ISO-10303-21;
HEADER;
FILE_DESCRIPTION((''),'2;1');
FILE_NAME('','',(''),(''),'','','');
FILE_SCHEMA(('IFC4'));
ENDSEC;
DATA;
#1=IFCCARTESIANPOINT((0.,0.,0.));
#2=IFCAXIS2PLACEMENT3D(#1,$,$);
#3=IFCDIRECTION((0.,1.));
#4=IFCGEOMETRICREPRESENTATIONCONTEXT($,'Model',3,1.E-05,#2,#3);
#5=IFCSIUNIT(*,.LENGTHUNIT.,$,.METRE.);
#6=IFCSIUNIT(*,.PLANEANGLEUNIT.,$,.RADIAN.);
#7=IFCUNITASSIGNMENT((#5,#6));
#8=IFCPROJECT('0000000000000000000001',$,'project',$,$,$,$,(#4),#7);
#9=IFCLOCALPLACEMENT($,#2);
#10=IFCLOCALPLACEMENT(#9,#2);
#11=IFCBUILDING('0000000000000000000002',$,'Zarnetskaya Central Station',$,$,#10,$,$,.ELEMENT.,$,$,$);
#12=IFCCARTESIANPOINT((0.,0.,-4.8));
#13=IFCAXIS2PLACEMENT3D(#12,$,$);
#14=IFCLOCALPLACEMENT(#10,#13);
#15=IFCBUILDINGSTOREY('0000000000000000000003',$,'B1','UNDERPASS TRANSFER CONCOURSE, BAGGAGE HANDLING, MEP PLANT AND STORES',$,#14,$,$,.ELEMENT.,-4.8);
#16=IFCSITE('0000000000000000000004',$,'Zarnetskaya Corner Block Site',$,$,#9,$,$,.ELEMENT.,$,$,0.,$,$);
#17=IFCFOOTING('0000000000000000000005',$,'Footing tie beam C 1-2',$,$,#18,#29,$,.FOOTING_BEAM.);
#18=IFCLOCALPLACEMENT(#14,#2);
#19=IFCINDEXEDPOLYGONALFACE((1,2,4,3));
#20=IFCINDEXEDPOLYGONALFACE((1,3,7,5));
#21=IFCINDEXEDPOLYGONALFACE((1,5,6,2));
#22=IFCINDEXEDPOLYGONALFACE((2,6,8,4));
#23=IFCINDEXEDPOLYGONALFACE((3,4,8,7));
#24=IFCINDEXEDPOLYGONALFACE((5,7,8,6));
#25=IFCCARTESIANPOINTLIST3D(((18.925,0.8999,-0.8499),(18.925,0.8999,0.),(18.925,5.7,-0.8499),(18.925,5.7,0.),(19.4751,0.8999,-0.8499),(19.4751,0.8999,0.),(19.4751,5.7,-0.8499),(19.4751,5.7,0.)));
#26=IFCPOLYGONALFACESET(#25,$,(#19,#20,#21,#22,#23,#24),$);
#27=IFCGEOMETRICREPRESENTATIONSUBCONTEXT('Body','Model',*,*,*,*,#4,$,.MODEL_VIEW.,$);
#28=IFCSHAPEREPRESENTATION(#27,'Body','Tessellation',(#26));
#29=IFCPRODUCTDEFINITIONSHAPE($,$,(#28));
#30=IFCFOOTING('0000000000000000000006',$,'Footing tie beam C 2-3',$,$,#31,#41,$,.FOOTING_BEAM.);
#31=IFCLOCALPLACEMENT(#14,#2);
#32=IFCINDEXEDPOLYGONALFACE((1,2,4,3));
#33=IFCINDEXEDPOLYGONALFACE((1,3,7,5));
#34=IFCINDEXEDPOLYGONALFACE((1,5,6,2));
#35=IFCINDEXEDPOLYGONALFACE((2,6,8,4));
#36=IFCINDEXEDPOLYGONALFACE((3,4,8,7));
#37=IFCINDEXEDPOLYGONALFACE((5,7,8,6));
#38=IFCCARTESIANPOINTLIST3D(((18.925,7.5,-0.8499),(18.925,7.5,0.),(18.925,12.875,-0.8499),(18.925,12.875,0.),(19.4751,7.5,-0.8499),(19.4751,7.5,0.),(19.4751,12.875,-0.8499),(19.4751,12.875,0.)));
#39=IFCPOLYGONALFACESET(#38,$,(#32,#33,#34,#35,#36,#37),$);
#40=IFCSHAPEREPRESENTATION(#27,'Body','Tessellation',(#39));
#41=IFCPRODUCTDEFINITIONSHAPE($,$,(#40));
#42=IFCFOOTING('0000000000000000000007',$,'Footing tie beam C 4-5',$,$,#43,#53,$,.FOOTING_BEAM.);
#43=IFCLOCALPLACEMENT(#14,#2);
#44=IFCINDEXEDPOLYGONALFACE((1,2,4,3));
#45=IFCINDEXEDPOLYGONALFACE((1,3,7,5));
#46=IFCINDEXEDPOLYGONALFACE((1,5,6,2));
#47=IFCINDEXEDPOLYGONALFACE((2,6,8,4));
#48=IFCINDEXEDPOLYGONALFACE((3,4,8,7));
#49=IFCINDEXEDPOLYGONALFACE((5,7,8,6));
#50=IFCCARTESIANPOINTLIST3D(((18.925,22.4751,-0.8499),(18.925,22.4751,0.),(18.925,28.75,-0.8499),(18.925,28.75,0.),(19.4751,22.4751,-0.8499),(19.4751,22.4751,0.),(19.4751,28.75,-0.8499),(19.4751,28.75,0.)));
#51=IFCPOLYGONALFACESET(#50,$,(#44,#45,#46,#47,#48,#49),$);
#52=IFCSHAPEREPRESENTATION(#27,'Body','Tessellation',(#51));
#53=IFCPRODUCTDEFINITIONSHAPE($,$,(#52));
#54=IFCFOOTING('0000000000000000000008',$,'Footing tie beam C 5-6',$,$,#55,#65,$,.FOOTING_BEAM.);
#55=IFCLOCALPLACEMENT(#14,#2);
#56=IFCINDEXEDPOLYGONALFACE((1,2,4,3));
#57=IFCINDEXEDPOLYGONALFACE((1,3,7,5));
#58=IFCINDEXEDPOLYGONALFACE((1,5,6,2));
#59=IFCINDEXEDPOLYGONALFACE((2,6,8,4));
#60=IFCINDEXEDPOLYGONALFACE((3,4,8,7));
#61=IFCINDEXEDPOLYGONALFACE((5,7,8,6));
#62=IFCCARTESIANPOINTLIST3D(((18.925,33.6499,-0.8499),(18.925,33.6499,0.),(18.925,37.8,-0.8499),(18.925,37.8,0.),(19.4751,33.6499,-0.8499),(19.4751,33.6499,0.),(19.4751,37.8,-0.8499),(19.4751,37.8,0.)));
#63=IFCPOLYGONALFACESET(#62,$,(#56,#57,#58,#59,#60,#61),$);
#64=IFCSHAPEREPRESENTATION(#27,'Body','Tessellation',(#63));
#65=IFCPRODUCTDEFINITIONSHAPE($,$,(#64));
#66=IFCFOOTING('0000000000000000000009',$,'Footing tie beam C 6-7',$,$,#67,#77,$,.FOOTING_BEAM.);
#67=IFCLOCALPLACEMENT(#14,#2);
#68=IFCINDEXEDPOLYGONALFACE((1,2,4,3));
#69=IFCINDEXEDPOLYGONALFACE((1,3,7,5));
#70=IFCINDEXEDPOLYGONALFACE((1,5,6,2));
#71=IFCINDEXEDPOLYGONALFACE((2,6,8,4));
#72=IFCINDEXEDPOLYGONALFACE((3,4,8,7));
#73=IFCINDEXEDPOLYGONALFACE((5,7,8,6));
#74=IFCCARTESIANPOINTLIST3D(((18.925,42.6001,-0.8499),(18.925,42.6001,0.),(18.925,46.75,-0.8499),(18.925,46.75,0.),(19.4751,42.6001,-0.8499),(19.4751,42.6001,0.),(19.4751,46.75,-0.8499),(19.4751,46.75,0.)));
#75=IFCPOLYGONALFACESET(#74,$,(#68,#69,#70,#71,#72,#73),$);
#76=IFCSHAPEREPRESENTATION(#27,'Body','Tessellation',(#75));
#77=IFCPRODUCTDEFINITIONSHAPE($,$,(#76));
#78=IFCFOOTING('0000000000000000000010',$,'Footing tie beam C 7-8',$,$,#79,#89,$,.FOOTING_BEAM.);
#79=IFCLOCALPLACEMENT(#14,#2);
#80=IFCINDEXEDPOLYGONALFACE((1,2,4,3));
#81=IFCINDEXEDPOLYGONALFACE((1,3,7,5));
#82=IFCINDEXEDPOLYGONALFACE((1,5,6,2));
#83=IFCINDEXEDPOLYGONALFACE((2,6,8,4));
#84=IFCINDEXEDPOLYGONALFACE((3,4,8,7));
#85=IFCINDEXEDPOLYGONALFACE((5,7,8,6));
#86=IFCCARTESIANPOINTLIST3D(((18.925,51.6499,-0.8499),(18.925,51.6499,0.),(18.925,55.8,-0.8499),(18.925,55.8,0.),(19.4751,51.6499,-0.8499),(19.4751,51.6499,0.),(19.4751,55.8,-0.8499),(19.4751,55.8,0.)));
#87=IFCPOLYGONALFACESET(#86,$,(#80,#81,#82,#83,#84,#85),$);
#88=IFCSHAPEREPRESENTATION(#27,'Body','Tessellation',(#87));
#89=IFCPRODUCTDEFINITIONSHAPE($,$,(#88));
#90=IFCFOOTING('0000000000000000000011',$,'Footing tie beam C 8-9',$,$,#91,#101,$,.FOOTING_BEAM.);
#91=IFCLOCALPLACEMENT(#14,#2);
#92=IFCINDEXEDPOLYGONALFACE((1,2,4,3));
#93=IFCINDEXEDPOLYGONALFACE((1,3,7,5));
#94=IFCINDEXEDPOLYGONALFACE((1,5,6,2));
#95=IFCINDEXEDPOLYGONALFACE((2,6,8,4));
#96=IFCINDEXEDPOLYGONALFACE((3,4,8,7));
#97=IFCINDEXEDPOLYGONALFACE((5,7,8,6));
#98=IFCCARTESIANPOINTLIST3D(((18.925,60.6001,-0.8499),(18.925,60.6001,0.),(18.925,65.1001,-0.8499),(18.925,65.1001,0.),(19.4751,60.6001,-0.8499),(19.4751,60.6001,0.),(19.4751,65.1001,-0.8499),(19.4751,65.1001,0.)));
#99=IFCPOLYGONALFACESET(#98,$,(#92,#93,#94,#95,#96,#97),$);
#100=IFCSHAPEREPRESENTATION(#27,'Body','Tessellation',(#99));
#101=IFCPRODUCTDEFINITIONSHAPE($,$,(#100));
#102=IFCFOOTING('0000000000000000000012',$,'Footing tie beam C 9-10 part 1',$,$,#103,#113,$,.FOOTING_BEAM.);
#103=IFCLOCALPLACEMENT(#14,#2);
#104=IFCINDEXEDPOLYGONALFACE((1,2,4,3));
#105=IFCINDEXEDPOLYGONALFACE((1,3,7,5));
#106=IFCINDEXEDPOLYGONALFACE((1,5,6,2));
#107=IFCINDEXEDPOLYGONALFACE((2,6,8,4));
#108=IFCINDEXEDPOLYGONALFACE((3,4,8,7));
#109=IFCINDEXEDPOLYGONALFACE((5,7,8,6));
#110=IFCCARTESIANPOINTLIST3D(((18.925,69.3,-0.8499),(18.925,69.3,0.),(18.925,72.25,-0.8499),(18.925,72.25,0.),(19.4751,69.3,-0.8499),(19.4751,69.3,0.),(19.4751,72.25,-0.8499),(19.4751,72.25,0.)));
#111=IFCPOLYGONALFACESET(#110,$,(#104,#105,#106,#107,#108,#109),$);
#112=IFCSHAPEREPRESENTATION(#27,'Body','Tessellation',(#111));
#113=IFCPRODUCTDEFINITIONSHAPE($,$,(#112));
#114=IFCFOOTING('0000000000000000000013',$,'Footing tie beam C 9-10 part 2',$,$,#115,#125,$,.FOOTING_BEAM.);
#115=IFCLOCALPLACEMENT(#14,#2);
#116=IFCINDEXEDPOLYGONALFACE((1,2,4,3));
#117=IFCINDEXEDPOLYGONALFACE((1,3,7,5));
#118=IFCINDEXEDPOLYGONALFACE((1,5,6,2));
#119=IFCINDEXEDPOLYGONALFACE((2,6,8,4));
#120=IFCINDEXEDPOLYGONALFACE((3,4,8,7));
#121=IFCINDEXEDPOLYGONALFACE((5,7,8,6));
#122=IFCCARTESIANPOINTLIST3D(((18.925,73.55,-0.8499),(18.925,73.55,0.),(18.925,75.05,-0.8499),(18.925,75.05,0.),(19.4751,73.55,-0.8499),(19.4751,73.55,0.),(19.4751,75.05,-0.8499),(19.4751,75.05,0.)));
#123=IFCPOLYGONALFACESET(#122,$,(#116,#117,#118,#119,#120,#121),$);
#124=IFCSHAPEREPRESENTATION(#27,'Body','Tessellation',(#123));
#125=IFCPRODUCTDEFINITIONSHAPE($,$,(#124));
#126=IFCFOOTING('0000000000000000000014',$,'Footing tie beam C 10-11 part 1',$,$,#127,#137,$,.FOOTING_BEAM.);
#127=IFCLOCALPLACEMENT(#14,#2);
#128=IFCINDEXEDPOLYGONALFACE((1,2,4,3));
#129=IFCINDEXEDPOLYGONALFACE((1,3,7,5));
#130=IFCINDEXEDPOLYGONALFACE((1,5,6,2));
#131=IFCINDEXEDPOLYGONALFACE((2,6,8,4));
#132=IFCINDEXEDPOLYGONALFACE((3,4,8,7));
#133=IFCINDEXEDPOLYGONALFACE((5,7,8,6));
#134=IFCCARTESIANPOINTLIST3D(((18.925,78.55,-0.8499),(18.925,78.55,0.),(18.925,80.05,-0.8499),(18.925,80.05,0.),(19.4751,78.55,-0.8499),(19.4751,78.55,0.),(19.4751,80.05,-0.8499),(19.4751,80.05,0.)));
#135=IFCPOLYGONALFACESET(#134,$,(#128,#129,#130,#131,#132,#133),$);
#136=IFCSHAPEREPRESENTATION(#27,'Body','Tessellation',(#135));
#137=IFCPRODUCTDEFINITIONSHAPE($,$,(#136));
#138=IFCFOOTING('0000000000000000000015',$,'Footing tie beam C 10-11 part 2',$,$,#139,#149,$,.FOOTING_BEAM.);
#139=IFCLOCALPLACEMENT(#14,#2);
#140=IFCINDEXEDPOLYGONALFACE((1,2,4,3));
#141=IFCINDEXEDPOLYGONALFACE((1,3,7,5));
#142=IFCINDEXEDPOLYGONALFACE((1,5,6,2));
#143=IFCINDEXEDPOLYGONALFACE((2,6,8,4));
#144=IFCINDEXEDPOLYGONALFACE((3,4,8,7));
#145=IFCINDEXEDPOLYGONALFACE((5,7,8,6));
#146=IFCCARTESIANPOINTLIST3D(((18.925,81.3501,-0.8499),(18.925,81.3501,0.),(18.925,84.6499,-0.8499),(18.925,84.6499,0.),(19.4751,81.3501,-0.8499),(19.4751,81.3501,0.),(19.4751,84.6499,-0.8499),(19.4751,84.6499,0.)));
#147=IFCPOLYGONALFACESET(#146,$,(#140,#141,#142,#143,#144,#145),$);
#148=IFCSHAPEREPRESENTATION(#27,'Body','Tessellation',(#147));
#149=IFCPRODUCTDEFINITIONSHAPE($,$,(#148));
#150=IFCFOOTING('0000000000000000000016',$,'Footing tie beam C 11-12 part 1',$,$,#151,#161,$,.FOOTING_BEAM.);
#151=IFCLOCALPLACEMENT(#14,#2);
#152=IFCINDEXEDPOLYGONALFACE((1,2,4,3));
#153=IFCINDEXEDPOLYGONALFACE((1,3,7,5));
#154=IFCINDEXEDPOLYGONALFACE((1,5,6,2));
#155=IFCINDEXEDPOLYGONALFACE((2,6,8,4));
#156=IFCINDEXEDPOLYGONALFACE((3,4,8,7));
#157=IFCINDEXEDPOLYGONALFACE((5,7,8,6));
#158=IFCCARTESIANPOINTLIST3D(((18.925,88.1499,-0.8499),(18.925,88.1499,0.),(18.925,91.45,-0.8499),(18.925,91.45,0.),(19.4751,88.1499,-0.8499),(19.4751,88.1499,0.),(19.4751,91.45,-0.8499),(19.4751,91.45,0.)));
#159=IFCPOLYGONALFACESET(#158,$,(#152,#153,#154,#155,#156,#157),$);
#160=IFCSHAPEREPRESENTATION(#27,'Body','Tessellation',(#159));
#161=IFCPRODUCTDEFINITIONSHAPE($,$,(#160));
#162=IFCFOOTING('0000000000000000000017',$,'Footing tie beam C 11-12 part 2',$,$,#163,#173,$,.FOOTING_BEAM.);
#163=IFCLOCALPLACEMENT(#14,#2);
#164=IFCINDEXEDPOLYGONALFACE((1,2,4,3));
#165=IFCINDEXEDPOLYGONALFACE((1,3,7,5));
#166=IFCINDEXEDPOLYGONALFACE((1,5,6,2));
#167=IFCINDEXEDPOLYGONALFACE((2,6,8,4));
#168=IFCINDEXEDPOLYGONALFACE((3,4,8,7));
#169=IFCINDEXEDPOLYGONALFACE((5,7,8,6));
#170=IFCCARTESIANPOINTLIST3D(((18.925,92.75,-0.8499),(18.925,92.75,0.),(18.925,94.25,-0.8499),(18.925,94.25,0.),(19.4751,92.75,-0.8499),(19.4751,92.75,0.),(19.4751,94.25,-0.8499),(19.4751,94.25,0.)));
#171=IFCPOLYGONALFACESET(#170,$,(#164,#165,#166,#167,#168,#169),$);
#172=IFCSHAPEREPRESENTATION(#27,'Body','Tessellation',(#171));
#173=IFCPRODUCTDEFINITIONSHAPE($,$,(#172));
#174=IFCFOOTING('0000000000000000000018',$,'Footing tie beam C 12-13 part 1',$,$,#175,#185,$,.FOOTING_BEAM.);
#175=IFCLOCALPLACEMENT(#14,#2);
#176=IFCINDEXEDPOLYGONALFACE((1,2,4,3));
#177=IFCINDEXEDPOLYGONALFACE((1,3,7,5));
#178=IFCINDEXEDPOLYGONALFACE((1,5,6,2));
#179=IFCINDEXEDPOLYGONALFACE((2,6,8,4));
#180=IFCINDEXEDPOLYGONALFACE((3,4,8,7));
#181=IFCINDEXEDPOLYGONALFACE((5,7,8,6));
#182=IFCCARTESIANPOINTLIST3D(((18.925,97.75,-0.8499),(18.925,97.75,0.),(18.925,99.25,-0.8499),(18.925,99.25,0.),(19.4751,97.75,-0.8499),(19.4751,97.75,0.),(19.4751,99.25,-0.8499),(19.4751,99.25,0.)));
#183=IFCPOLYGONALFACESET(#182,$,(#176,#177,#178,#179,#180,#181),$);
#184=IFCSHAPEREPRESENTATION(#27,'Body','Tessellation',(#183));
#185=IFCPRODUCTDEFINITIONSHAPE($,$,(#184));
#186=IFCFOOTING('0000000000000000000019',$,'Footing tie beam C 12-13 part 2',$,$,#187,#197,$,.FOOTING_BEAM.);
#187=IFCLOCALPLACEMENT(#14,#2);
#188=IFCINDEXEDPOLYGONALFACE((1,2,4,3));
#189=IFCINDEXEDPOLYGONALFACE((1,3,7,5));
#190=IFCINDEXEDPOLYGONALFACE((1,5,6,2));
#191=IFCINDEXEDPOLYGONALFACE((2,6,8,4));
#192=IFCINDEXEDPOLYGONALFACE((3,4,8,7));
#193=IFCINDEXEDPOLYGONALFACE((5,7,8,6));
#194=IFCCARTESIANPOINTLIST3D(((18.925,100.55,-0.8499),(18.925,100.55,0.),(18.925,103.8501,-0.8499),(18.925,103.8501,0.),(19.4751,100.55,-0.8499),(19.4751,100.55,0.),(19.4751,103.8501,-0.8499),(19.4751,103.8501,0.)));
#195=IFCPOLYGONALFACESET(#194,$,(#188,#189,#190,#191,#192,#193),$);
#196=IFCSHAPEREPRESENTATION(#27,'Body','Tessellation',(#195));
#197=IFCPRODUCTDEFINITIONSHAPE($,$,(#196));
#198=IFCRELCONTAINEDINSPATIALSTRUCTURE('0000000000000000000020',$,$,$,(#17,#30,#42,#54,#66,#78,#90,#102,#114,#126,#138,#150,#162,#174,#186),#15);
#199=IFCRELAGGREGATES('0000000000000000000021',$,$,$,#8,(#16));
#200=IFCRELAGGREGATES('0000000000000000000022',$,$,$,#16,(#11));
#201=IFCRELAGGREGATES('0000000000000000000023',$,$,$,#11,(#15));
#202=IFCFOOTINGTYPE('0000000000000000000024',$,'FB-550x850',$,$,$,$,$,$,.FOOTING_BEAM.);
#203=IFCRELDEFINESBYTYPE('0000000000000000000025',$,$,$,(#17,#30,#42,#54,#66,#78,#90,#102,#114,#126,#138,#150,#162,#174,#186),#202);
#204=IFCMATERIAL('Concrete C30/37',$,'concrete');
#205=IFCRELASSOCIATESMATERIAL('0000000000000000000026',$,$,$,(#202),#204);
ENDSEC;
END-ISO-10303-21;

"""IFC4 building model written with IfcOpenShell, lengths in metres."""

from ifc_helpers import new_model, si_unit, direction, frame, origin, place, context, subcontext, project, spatial, polyline, outline, extrude, material, type_object, element, save


model = new_model("IFC4")

# Units and contexts
model_context = context("Model", 3, precision=1e-05, world=origin(), true_north=direction((0.0, 1.0)))
body_context = subcontext(model_context, "Body", "Model", "MODEL_VIEW")
ifc_project = project(units=[si_unit("LENGTHUNIT", "METRE"), si_unit("PLANEANGLEUNIT", "RADIAN")], contexts=[model_context])

# Site, building, storey
site_placement = place(None, origin())
site = spatial("IfcSite", under=ifc_project, at=site_placement, Name="Zarnetskaya Corner Block Site", CompositionType="ELEMENT", RefElevation=0.0)
building_placement = place(site_placement, origin())
building = spatial("IfcBuilding", under=site, at=building_placement, Name="Zarnetskaya Central Station", CompositionType="ELEMENT")
storey_placement = place(building_placement, frame((0.0, 0.0, -4.8)))
storey = spatial("IfcBuildingStorey", under=building, at=storey_placement, Name="B1", Description="UNDERPASS TRANSFER CONCOURSE, BAGGAGE HANDLING, MEP PLANT AND STORES", CompositionType="ELEMENT", Elevation=-4.8)

# Footings
ifc_material = material(Name="Concrete C30/37", Category="concrete")
footing_type = type_object("IfcFootingType", Name="FB-550x850", PredefinedType="FOOTING_BEAM", material=ifc_material)
footing_1_placement = place(storey_placement, frame((0.0, 0.0, -0.8499)))
element("IfcFooting", 1, at=footing_1_placement, inside=storey, type_object=footing_type, Name="Footing tie beam C 1-2", PredefinedType="FOOTING_BEAM", context=body_context, shape_type="SweptSolid", body=[
    extrude(outline(polyline([(18.925, 0.8999), (19.4751, 0.8999), (19.4751, 5.7), (18.925, 5.7), (18.925, 0.8999)])), origin(), (0.0, 0.0, 1.0), 0.8499),
])
footing_2_placement = place(storey_placement, frame((0.0, 0.0, -0.8499)))
element("IfcFooting", 2, at=footing_2_placement, inside=storey, type_object=footing_type, Name="Footing tie beam C 2-3", PredefinedType="FOOTING_BEAM", context=body_context, shape_type="SweptSolid", body=[
    extrude(outline(polyline([(18.925, 7.5), (19.4751, 7.5), (19.4751, 12.875), (18.925, 12.875), (18.925, 7.5)])), origin(), (0.0, 0.0, 1.0), 0.8499),
])
footing_3_placement = place(storey_placement, frame((0.0, 0.0, -0.8499)))
element("IfcFooting", 3, at=footing_3_placement, inside=storey, type_object=footing_type, Name="Footing tie beam C 4-5", PredefinedType="FOOTING_BEAM", context=body_context, shape_type="SweptSolid", body=[
    extrude(outline(polyline([(18.925, 22.4751), (19.4751, 22.4751), (19.4751, 28.75), (18.925, 28.75), (18.925, 22.4751)])), origin(), (0.0, 0.0, 1.0), 0.8499),
])
footing_4_placement = place(storey_placement, frame((0.0, 0.0, -0.8499)))
element("IfcFooting", 4, at=footing_4_placement, inside=storey, type_object=footing_type, Name="Footing tie beam C 5-6", PredefinedType="FOOTING_BEAM", context=body_context, shape_type="SweptSolid", body=[
    extrude(outline(polyline([(18.925, 33.6499), (19.4751, 33.6499), (19.4751, 37.8), (18.925, 37.8), (18.925, 33.6499)])), origin(), (0.0, 0.0, 1.0), 0.8499),
])
footing_5_placement = place(storey_placement, frame((0.0, 0.0, -0.8499)))
element("IfcFooting", 5, at=footing_5_placement, inside=storey, type_object=footing_type, Name="Footing tie beam C 6-7", PredefinedType="FOOTING_BEAM", context=body_context, shape_type="SweptSolid", body=[
    extrude(outline(polyline([(18.925, 42.6001), (19.4751, 42.6001), (19.4751, 46.75), (18.925, 46.75), (18.925, 42.6001)])), origin(), (0.0, 0.0, 1.0), 0.8499),
])
footing_6_placement = place(storey_placement, frame((0.0, 0.0, -0.8499)))
element("IfcFooting", 6, at=footing_6_placement, inside=storey, type_object=footing_type, Name="Footing tie beam C 7-8", PredefinedType="FOOTING_BEAM", context=body_context, shape_type="SweptSolid", body=[
    extrude(outline(polyline([(18.925, 51.6499), (19.4751, 51.6499), (19.4751, 55.8), (18.925, 55.8), (18.925, 51.6499)])), origin(), (0.0, 0.0, 1.0), 0.8499),
])
footing_7_placement = place(storey_placement, frame((0.0, 0.0, -0.8499)))
element("IfcFooting", 7, at=footing_7_placement, inside=storey, type_object=footing_type, Name="Footing tie beam C 8-9", PredefinedType="FOOTING_BEAM", context=body_context, shape_type="SweptSolid", body=[
    extrude(outline(polyline([(18.925, 60.6001), (19.4751, 60.6001), (19.4751, 65.1001), (18.925, 65.1001), (18.925, 60.6001)])), origin(), (0.0, 0.0, 1.0), 0.8499),
])
footing_8_placement = place(storey_placement, frame((0.0, 0.0, -0.8499)))
element("IfcFooting", 8, at=footing_8_placement, inside=storey, type_object=footing_type, Name="Footing tie beam C 9-10 part 1", PredefinedType="FOOTING_BEAM", context=body_context, shape_type="SweptSolid", body=[
    extrude(outline(polyline([(18.925, 69.3), (19.4751, 69.3), (19.4751, 72.25), (18.925, 72.25), (18.925, 69.3)])), origin(), (0.0, 0.0, 1.0), 0.8499),
])
footing_9_placement = place(storey_placement, frame((0.0, 0.0, -0.8499)))
element("IfcFooting", 9, at=footing_9_placement, inside=storey, type_object=footing_type, Name="Footing tie beam C 9-10 part 2", PredefinedType="FOOTING_BEAM", context=body_context, shape_type="SweptSolid", body=[
    extrude(outline(polyline([(18.925, 73.55), (19.4751, 73.55), (19.4751, 75.05), (18.925, 75.05), (18.925, 73.55)])), origin(), (0.0, 0.0, 1.0), 0.8499),
])
footing_10_placement = place(storey_placement, frame((0.0, 0.0, -0.8499)))
element("IfcFooting", 10, at=footing_10_placement, inside=storey, type_object=footing_type, Name="Footing tie beam C 10-11 part 1", PredefinedType="FOOTING_BEAM", context=body_context, shape_type="SweptSolid", body=[
    extrude(outline(polyline([(18.925, 78.55), (19.4751, 78.55), (19.4751, 80.05), (18.925, 80.05), (18.925, 78.55)])), origin(), (0.0, 0.0, 1.0), 0.8499),
])
footing_11_placement = place(storey_placement, frame((0.0, 0.0, -0.8499)))
element("IfcFooting", 11, at=footing_11_placement, inside=storey, type_object=footing_type, Name="Footing tie beam C 10-11 part 2", PredefinedType="FOOTING_BEAM", context=body_context, shape_type="SweptSolid", body=[
    extrude(outline(polyline([(18.925, 81.3501), (19.4751, 81.3501), (19.4751, 84.6499), (18.925, 84.6499), (18.925, 81.3501)])), origin(), (0.0, 0.0, 1.0), 0.8499),
])
footing_12_placement = place(storey_placement, frame((0.0, 0.0, -0.8499)))
element("IfcFooting", 12, at=footing_12_placement, inside=storey, type_object=footing_type, Name="Footing tie beam C 11-12 part 1", PredefinedType="FOOTING_BEAM", context=body_context, shape_type="SweptSolid", body=[
    extrude(outline(polyline([(18.925, 88.1499), (19.4751, 88.1499), (19.4751, 91.45), (18.925, 91.45), (18.925, 88.1499)])), origin(), (0.0, 0.0, 1.0), 0.8499),
])
footing_13_placement = place(storey_placement, frame((0.0, 0.0, -0.8499)))
element("IfcFooting", 13, at=footing_13_placement, inside=storey, type_object=footing_type, Name="Footing tie beam C 11-12 part 2", PredefinedType="FOOTING_BEAM", context=body_context, shape_type="SweptSolid", body=[
    extrude(outline(polyline([(18.925, 92.75), (19.4751, 92.75), (19.4751, 94.25), (18.925, 94.25), (18.925, 92.75)])), origin(), (0.0, 0.0, 1.0), 0.8499),
])
footing_14_placement = place(storey_placement, frame((0.0, 0.0, -0.8499)))
element("IfcFooting", 14, at=footing_14_placement, inside=storey, type_object=footing_type, Name="Footing tie beam C 12-13 part 1", PredefinedType="FOOTING_BEAM", context=body_context, shape_type="SweptSolid", body=[
    extrude(outline(polyline([(18.925, 97.75), (19.4751, 97.75), (19.4751, 99.25), (18.925, 99.25), (18.925, 97.75)])), origin(), (0.0, 0.0, 1.0), 0.8499),
])
footing_15_placement = place(storey_placement, frame((0.0, 0.0, -0.8499)))
element("IfcFooting", 15, at=footing_15_placement, inside=storey, type_object=footing_type, Name="Footing tie beam C 12-13 part 2", PredefinedType="FOOTING_BEAM", context=body_context, shape_type="SweptSolid", body=[
    extrude(outline(polyline([(18.925, 100.55), (19.4751, 100.55), (19.4751, 103.8501), (18.925, 103.8501), (18.925, 100.55)])), origin(), (0.0, 0.0, 1.0), 0.8499),
])

save(model, "model.ifc")
